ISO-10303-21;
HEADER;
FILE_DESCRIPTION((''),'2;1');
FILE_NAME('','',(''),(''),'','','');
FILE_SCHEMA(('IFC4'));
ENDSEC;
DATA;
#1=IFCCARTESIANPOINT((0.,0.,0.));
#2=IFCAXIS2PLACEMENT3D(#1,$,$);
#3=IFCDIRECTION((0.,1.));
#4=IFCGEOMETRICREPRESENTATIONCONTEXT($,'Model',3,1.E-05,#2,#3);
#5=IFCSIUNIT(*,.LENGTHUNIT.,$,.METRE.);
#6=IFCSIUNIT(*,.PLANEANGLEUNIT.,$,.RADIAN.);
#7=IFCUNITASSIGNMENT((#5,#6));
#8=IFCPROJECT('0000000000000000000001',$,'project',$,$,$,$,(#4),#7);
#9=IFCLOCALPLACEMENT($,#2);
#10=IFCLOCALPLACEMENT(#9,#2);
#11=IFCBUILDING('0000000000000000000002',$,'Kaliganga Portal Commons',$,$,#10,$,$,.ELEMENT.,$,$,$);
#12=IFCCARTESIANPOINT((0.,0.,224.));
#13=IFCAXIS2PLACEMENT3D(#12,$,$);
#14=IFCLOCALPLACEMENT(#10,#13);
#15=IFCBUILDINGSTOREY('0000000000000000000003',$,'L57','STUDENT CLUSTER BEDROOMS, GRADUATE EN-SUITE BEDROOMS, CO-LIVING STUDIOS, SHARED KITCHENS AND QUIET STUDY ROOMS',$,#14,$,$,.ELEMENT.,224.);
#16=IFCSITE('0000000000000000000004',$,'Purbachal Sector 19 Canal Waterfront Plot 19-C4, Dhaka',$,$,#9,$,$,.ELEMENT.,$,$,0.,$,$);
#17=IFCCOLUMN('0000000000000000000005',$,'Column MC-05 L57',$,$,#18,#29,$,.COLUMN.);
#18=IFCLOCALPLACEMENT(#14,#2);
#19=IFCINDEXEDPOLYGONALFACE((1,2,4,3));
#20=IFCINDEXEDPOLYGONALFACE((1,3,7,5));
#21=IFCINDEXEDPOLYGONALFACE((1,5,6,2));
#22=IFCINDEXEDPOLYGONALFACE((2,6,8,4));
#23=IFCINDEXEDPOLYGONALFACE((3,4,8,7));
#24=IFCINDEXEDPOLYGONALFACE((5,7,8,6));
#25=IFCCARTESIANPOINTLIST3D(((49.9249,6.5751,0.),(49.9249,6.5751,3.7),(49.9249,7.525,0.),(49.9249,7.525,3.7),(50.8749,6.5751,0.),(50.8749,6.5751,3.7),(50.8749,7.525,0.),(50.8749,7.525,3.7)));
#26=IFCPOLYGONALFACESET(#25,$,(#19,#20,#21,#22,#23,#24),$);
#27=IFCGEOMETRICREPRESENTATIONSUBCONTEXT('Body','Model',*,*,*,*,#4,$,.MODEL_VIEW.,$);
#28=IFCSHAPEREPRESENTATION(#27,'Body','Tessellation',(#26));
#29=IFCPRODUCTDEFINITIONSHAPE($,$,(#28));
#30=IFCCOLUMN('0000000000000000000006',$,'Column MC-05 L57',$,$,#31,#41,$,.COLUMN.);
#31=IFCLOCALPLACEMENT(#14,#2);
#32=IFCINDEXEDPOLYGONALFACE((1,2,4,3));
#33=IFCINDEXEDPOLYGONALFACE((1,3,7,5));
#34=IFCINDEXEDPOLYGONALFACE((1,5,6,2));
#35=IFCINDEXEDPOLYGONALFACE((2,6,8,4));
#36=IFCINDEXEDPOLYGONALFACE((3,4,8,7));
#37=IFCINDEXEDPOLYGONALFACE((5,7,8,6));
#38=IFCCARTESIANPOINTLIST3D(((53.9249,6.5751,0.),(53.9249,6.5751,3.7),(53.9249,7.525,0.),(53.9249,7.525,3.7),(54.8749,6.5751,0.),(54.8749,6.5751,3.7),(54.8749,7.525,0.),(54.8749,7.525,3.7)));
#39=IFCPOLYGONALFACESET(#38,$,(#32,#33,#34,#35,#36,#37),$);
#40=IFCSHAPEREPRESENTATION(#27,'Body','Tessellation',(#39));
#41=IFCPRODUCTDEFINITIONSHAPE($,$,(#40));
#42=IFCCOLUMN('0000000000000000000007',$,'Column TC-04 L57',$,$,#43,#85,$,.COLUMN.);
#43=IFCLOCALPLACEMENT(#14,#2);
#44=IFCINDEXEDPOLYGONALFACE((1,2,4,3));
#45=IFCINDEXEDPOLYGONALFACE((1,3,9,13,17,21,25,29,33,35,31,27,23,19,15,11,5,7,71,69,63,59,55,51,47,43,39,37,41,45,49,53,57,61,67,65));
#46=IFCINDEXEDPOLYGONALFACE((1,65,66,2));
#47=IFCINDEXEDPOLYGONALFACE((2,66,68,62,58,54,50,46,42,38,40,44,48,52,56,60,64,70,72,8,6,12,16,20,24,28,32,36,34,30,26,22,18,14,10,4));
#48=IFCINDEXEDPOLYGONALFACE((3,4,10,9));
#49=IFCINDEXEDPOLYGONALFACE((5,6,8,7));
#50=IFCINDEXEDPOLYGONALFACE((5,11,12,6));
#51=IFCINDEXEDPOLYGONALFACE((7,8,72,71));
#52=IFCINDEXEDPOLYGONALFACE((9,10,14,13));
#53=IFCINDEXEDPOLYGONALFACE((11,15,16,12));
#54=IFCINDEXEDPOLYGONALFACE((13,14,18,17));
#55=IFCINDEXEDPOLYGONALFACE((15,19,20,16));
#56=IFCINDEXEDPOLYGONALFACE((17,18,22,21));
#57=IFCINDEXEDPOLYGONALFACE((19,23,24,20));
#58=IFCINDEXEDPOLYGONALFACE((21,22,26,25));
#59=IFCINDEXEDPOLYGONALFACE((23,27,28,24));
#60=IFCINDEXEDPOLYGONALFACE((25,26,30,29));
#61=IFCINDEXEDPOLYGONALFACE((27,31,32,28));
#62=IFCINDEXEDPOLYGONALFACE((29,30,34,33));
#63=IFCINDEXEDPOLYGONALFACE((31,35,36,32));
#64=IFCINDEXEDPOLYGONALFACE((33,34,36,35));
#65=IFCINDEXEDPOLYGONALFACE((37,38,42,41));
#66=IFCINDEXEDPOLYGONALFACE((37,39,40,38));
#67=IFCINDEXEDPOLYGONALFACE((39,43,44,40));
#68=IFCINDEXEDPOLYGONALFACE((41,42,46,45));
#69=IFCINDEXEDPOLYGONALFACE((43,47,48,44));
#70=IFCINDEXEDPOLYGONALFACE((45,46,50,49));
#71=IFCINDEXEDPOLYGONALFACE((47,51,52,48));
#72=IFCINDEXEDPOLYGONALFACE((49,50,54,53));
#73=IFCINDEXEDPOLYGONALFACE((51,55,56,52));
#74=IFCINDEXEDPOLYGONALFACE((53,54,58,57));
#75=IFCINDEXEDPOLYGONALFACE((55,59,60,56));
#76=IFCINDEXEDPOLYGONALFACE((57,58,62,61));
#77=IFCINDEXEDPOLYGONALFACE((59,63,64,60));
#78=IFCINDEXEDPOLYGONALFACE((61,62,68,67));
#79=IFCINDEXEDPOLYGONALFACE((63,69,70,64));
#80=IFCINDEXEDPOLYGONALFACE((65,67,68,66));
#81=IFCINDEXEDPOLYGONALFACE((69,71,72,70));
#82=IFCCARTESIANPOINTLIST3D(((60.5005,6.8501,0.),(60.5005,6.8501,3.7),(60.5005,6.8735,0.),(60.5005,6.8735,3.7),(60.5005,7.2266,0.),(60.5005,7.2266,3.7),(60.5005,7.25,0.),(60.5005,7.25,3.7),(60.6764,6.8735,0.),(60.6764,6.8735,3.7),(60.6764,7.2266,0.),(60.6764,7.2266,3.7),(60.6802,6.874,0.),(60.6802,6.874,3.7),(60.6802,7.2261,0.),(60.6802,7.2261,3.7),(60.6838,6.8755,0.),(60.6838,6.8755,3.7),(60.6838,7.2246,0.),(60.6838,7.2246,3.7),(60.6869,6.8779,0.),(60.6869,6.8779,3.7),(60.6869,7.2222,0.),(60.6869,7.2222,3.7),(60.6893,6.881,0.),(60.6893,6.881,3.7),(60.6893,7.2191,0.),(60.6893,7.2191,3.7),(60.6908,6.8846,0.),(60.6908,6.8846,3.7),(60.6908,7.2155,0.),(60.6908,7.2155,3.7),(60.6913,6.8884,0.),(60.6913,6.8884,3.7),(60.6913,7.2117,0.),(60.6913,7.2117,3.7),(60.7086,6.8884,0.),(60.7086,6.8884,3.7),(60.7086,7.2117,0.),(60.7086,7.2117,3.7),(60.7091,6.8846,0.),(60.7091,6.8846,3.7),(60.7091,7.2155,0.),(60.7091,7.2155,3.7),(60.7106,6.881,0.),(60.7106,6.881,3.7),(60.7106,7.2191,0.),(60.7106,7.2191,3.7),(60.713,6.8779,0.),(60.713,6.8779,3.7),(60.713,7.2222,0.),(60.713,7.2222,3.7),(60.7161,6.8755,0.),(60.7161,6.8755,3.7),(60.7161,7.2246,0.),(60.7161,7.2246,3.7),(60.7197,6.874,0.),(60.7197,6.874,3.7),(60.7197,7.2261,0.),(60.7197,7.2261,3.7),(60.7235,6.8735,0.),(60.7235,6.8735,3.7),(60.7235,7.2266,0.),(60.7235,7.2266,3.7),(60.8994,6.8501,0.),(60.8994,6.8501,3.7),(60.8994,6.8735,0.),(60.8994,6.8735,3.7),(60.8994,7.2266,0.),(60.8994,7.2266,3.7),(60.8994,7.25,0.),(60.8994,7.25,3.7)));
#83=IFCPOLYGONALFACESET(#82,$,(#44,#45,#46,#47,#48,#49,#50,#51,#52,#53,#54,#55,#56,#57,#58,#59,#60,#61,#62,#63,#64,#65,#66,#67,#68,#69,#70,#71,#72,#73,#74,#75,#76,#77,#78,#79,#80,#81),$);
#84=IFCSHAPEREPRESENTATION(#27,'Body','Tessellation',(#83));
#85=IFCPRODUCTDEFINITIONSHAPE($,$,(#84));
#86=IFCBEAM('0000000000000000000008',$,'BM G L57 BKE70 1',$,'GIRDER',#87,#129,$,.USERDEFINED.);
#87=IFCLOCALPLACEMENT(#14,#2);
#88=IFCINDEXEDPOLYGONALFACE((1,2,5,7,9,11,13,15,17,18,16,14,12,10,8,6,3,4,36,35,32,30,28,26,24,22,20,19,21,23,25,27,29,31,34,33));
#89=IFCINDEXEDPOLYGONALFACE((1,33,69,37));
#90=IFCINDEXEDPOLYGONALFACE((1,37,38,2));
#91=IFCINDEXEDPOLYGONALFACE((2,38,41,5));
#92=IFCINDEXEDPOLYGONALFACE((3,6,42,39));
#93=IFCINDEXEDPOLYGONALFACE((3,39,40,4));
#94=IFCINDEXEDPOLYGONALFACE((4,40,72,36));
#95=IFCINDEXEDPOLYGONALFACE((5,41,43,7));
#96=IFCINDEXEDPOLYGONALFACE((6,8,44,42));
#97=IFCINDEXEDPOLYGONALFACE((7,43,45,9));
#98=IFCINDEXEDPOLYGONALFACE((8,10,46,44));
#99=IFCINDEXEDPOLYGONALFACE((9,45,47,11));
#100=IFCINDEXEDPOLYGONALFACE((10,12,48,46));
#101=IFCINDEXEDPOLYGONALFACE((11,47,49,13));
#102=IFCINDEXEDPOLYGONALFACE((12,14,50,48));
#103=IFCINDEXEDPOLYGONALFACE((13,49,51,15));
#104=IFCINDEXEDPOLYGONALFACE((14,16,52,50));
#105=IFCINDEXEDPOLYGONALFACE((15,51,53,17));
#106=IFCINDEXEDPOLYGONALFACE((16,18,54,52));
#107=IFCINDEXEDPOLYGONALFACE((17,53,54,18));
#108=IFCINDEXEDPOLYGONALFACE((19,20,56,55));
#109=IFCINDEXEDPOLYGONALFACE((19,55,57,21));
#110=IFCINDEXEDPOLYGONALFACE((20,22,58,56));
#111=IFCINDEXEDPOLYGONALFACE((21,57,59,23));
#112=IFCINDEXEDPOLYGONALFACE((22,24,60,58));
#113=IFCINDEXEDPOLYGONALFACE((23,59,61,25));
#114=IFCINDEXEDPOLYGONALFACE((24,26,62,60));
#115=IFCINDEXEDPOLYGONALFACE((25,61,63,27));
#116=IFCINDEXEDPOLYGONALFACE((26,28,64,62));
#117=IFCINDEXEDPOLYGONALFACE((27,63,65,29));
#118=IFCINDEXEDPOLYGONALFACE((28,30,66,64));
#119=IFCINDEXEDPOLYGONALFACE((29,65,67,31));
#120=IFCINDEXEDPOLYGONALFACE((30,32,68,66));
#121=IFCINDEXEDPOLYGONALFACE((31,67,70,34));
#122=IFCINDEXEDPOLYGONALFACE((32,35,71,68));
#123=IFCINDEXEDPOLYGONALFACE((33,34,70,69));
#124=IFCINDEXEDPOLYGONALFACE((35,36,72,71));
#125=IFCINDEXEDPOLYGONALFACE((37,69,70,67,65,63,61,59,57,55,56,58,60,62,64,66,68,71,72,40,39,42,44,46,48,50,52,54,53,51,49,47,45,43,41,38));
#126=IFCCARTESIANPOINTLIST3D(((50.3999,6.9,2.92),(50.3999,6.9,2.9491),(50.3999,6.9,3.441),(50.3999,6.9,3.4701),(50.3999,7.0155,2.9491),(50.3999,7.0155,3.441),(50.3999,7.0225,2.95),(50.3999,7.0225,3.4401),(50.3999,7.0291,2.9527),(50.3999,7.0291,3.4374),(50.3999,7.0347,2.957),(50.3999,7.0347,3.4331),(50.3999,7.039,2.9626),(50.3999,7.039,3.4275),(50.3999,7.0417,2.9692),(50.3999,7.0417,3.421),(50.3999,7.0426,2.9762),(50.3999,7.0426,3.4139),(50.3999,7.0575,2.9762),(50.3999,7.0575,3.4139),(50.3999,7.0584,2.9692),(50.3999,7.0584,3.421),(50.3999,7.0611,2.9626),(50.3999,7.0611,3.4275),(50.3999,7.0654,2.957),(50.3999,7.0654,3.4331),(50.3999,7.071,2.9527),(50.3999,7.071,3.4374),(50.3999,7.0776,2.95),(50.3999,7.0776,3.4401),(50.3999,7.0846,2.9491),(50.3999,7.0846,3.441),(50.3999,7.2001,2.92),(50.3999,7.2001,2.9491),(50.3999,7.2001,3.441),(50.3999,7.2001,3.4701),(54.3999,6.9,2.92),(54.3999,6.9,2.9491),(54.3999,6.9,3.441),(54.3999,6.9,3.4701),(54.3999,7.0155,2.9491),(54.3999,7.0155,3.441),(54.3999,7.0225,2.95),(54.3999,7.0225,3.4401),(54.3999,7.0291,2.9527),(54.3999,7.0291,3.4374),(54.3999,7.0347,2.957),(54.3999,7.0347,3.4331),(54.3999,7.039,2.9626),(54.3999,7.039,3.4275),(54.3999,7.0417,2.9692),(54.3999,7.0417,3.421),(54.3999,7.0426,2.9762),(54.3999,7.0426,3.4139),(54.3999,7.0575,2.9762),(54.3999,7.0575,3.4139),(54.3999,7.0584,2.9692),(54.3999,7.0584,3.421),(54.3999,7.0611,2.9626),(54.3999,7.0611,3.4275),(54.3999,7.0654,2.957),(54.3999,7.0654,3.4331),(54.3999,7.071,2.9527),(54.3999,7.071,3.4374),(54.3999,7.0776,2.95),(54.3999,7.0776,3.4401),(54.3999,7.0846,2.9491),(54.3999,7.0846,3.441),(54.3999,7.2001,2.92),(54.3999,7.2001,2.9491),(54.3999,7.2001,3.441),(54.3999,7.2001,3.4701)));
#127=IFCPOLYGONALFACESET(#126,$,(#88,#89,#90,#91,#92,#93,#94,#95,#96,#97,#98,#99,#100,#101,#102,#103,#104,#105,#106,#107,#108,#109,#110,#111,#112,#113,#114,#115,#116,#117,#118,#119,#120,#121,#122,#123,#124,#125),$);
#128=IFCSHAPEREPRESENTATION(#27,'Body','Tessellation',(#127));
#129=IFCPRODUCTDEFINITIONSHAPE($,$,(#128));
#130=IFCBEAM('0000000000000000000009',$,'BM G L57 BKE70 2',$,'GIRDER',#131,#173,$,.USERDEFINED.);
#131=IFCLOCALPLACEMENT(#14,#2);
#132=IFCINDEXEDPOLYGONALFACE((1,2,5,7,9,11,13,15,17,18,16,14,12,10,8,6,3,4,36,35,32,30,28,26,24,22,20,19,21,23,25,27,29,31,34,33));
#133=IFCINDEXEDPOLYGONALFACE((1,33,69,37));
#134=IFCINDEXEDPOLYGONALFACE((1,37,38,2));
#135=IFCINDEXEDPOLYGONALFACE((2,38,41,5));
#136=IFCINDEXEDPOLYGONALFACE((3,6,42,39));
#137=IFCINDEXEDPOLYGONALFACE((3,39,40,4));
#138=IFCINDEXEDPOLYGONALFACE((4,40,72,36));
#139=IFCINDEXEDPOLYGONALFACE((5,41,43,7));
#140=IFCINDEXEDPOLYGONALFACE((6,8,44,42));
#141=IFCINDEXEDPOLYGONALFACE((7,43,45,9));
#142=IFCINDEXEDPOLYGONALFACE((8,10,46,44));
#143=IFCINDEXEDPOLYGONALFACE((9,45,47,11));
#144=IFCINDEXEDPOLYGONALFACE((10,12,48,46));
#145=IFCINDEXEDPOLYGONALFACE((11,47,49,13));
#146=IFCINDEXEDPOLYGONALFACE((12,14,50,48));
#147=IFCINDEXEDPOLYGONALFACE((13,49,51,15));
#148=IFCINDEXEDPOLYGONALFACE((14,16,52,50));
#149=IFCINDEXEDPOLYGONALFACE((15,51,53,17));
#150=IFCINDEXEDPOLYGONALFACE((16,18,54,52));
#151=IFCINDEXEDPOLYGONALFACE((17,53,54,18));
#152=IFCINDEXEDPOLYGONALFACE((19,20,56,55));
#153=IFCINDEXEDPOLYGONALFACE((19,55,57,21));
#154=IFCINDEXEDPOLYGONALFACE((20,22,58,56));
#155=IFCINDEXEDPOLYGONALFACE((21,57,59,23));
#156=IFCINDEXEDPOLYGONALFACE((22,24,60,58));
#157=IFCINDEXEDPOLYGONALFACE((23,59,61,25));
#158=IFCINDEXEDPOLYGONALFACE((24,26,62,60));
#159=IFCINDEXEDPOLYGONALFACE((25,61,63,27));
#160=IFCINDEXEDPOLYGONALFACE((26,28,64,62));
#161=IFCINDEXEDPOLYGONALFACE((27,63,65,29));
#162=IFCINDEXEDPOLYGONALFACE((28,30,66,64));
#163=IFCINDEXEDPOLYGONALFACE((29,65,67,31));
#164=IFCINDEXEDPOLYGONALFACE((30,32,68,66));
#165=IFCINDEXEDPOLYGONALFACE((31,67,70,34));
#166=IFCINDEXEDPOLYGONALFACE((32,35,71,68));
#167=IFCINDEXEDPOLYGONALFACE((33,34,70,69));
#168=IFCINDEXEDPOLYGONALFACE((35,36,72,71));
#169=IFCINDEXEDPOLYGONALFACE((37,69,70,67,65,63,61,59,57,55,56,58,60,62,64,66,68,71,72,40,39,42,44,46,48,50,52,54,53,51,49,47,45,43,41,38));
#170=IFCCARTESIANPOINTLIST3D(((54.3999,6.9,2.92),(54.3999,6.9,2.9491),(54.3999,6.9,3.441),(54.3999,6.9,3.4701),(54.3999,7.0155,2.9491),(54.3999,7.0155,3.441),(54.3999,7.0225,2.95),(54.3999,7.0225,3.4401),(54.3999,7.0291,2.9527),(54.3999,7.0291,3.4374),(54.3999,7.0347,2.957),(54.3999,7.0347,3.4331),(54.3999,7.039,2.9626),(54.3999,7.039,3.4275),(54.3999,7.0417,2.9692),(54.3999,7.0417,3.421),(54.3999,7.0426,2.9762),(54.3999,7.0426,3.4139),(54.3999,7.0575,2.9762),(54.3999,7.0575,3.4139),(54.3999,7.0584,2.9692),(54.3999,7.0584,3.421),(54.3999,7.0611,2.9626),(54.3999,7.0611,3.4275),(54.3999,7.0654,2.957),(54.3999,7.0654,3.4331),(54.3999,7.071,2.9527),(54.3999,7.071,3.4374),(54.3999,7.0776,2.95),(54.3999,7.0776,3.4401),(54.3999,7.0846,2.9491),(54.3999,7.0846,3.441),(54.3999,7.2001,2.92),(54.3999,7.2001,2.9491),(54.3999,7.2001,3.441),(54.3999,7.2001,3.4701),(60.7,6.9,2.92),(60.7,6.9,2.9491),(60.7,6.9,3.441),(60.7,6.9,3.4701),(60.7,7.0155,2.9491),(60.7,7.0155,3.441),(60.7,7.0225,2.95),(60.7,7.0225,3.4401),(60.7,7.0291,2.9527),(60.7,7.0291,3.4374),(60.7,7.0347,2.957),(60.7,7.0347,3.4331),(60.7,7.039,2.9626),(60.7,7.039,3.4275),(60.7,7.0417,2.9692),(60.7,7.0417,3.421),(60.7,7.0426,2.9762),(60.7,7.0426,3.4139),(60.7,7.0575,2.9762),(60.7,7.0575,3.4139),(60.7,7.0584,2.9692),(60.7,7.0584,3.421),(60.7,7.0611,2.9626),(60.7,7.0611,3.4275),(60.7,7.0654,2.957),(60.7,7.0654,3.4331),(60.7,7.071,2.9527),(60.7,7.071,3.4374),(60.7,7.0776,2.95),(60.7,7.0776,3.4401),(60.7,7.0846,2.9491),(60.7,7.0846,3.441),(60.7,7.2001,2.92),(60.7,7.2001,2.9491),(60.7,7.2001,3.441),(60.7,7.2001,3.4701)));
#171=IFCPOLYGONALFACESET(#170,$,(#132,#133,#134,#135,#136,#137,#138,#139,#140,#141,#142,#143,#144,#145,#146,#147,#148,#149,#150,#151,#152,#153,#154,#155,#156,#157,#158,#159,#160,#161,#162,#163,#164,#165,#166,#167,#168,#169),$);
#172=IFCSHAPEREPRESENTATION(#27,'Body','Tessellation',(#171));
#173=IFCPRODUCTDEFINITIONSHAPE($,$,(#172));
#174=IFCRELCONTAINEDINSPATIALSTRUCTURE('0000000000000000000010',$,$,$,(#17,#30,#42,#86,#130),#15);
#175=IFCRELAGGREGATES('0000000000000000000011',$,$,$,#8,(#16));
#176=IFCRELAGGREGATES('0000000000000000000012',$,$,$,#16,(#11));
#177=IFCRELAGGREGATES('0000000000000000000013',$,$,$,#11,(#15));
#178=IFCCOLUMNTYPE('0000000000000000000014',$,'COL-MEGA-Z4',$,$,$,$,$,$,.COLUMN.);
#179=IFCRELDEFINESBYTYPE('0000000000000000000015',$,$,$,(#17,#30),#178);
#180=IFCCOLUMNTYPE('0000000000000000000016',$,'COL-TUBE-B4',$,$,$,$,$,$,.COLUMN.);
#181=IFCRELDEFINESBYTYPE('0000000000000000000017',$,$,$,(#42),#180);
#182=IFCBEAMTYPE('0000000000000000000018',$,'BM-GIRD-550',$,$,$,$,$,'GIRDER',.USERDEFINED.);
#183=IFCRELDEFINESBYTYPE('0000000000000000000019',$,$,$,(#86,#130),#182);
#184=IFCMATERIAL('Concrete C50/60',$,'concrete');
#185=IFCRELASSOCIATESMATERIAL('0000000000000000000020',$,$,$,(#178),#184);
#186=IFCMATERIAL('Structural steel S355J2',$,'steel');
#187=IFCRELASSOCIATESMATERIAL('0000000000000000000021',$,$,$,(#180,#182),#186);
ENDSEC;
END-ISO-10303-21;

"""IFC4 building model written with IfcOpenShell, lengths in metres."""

from ifc_helpers import new_model, si_unit, direction, frame, origin, origin_2d, place, context, subcontext, project, spatial, rectangle, i_section, extrude, source, transform, mapped, material, material_profile, profile_set, type_object, element, save


model = new_model("IFC4")

# Units and contexts
model_context = context("Model", 3, precision=1e-05, world=origin(), true_north=direction((0.0, 1.0)))
body_context = subcontext(model_context, "Body", "Model", "MODEL_VIEW")
ifc_project = project(units=[si_unit("LENGTHUNIT", "METRE"), si_unit("PLANEANGLEUNIT", "RADIAN")], contexts=[model_context])

# Site, building, storey
site_placement = place(None, origin())
site = spatial("IfcSite", under=ifc_project, at=site_placement, Name="Purbachal Sector 19 Canal Waterfront Plot 19-C4, Dhaka", CompositionType="ELEMENT", RefElevation=0.0)
building_placement = place(site_placement, origin())
building = spatial("IfcBuilding", under=site, at=building_placement, Name="Kaliganga Portal Commons", CompositionType="ELEMENT")
storey_placement = place(building_placement, frame((0.0, 0.0, 224.0)))
storey = spatial("IfcBuildingStorey", under=building, at=storey_placement, Name="L57", Description="STUDENT CLUSTER BEDROOMS, GRADUATE EN-SUITE BEDROOMS, CO-LIVING STUDIOS, SHARED KITCHENS AND QUIET STUDY ROOMS", CompositionType="ELEMENT", Elevation=224.0)

# Columns
ifc_material_1 = material(Name="Concrete C50/60", Category="concrete")
ifc_material_profile_1 = material_profile(ifc_material_1, rectangle(XDim=0.95, YDim=0.95, at=origin_2d()), Name="RC 950x950")
ifc_profile_set_1 = profile_set([ifc_material_profile_1], Name="Concrete C50/60")
column_type_1 = type_object("IfcColumnType", Name="COL-MEGA-Z4", PredefinedType="COLUMN", material=ifc_profile_set_1)
shared_shape_1 = source(origin(), body_context, "Body", "SweptSolid", [
    extrude(rectangle(XDim=0.95, YDim=0.95, at=origin_2d()), origin(), (0.0, 0.0, 1.0), 3.7),
])
for number, where, z_axis, x_axis, name in (
    (1, (50.3999, 7.05, 0.0), (0.0, 0.0, 1.0), (1.0, 0.0, 0.0), "Column MC-05 L57"),
    (2, (54.3999, 7.05, 0.0), (0.0, 0.0, 1.0), (1.0, 0.0, 0.0), "Column MC-05 L57"),
):
    element("IfcColumn", number, at=place(storey_placement, frame(where, z_axis=z_axis, x_axis=x_axis)), inside=storey, type_object=column_type_1, Name=name, PredefinedType="COLUMN", context=body_context, shape_type="MappedRepresentation", body=[
        mapped(shared_shape_1, transform((0.0, 0.0, 0.0), x_axis=(1.0, 0.0, 0.0), y_axis=(0.0, 1.0, 0.0), z_axis=(0.0, 0.0, 1.0), scale=1.0)),
    ])
ifc_material_2 = material(Name="Structural steel S355J2", Category="steel")
ifc_material_profile_2 = material_profile(ifc_material_2, i_section(OverallWidth=0.3989, OverallDepth=0.3999, WebThickness=0.0173, FlangeThickness=0.0234, FilletRadius=0.0149, at=origin_2d()), Name="HD 400x287")
ifc_profile_set_2 = profile_set([ifc_material_profile_2], Name="Structural steel S355J2 wide-flange")
column_type_2 = type_object("IfcColumnType", Name="COL-TUBE-B4", PredefinedType="COLUMN", material=ifc_profile_set_2)
shared_shape_2 = source(origin(), body_context, "Body", "SweptSolid", [
    extrude(i_section(OverallWidth=0.3989, OverallDepth=0.3999, WebThickness=0.0173, FlangeThickness=0.0234, FilletRadius=0.0149, at=origin_2d()), origin(), (0.0, 0.0, 1.0), 3.7),
])
column_placement = place(storey_placement, frame((60.7, 7.05, 0.0), z_axis=(0.0, 0.0, 1.0), x_axis=(1.0, 0.0, 0.0)))
element("IfcColumn", 3, at=column_placement, inside=storey, type_object=column_type_2, Name="Column TC-04 L57", PredefinedType="COLUMN", context=body_context, shape_type="MappedRepresentation", body=[
    mapped(shared_shape_2, transform((0.0, 0.0, 0.0), x_axis=(1.0, 0.0, 0.0), y_axis=(0.0, 1.0, 0.0), z_axis=(0.0, 0.0, 1.0), scale=1.0)),
])

# Beams
ifc_material_profile_3 = material_profile(ifc_material_2, i_section(OverallWidth=0.3, OverallDepth=0.55, WebThickness=0.0149, FlangeThickness=0.0291, FilletRadius=0.0271, at=origin_2d()), Name="HE 550 B")
ifc_profile_set_3 = profile_set([ifc_material_profile_3], Name="Structural steel S355J2 wide-flange")
beam_type_1 = type_object("IfcBeamType", Name="BM-GIRD-550", ElementType="GIRDER", PredefinedType="USERDEFINED", material=ifc_profile_set_3)
shared_shape_3 = source(origin(), body_context, "Body", "SweptSolid", [
    extrude(i_section(OverallWidth=0.3, OverallDepth=0.55, WebThickness=0.0149, FlangeThickness=0.0291, FilletRadius=0.0271, at=origin_2d()), origin(), (0.0, 0.0, 1.0), 4.0),
])
beam_1_placement = place(storey_placement, frame((50.3999, 7.05, 3.1951), z_axis=(1.0, 0.0, 0.0), x_axis=(0.0, 1.0, 0.0)))
element("IfcBeam", 4, at=beam_1_placement, inside=storey, type_object=beam_type_1, Name="BM G L57 BKE70 1", ObjectType="GIRDER", PredefinedType="USERDEFINED", context=body_context, shape_type="MappedRepresentation", body=[
    mapped(shared_shape_3, transform((0.0, 0.0, 0.0), x_axis=(1.0, 0.0, 0.0), y_axis=(0.0, 1.0, 0.0), z_axis=(0.0, 0.0, 1.0), scale=1.0)),
])
shared_shape_4 = source(origin(), body_context, "Body", "SweptSolid", [
    extrude(i_section(OverallWidth=0.3, OverallDepth=0.55, WebThickness=0.0149, FlangeThickness=0.0291, FilletRadius=0.0271, at=origin_2d()), origin(), (0.0, 0.0, 1.0), 6.3),
])
beam_2_placement = place(storey_placement, frame((54.3999, 7.05, 3.1951), z_axis=(1.0, 0.0, 0.0), x_axis=(0.0, 1.0, 0.0)))
element("IfcBeam", 5, at=beam_2_placement, inside=storey, type_object=beam_type_1, Name="BM G L57 BKE70 2", ObjectType="GIRDER", PredefinedType="USERDEFINED", context=body_context, shape_type="MappedRepresentation", body=[
    mapped(shared_shape_4, transform((0.0, 0.0, 0.0), x_axis=(1.0, 0.0, 0.0), y_axis=(0.0, 1.0, 0.0), z_axis=(0.0, 0.0, 1.0), scale=1.0)),
])

save(model, "model.ifc")
